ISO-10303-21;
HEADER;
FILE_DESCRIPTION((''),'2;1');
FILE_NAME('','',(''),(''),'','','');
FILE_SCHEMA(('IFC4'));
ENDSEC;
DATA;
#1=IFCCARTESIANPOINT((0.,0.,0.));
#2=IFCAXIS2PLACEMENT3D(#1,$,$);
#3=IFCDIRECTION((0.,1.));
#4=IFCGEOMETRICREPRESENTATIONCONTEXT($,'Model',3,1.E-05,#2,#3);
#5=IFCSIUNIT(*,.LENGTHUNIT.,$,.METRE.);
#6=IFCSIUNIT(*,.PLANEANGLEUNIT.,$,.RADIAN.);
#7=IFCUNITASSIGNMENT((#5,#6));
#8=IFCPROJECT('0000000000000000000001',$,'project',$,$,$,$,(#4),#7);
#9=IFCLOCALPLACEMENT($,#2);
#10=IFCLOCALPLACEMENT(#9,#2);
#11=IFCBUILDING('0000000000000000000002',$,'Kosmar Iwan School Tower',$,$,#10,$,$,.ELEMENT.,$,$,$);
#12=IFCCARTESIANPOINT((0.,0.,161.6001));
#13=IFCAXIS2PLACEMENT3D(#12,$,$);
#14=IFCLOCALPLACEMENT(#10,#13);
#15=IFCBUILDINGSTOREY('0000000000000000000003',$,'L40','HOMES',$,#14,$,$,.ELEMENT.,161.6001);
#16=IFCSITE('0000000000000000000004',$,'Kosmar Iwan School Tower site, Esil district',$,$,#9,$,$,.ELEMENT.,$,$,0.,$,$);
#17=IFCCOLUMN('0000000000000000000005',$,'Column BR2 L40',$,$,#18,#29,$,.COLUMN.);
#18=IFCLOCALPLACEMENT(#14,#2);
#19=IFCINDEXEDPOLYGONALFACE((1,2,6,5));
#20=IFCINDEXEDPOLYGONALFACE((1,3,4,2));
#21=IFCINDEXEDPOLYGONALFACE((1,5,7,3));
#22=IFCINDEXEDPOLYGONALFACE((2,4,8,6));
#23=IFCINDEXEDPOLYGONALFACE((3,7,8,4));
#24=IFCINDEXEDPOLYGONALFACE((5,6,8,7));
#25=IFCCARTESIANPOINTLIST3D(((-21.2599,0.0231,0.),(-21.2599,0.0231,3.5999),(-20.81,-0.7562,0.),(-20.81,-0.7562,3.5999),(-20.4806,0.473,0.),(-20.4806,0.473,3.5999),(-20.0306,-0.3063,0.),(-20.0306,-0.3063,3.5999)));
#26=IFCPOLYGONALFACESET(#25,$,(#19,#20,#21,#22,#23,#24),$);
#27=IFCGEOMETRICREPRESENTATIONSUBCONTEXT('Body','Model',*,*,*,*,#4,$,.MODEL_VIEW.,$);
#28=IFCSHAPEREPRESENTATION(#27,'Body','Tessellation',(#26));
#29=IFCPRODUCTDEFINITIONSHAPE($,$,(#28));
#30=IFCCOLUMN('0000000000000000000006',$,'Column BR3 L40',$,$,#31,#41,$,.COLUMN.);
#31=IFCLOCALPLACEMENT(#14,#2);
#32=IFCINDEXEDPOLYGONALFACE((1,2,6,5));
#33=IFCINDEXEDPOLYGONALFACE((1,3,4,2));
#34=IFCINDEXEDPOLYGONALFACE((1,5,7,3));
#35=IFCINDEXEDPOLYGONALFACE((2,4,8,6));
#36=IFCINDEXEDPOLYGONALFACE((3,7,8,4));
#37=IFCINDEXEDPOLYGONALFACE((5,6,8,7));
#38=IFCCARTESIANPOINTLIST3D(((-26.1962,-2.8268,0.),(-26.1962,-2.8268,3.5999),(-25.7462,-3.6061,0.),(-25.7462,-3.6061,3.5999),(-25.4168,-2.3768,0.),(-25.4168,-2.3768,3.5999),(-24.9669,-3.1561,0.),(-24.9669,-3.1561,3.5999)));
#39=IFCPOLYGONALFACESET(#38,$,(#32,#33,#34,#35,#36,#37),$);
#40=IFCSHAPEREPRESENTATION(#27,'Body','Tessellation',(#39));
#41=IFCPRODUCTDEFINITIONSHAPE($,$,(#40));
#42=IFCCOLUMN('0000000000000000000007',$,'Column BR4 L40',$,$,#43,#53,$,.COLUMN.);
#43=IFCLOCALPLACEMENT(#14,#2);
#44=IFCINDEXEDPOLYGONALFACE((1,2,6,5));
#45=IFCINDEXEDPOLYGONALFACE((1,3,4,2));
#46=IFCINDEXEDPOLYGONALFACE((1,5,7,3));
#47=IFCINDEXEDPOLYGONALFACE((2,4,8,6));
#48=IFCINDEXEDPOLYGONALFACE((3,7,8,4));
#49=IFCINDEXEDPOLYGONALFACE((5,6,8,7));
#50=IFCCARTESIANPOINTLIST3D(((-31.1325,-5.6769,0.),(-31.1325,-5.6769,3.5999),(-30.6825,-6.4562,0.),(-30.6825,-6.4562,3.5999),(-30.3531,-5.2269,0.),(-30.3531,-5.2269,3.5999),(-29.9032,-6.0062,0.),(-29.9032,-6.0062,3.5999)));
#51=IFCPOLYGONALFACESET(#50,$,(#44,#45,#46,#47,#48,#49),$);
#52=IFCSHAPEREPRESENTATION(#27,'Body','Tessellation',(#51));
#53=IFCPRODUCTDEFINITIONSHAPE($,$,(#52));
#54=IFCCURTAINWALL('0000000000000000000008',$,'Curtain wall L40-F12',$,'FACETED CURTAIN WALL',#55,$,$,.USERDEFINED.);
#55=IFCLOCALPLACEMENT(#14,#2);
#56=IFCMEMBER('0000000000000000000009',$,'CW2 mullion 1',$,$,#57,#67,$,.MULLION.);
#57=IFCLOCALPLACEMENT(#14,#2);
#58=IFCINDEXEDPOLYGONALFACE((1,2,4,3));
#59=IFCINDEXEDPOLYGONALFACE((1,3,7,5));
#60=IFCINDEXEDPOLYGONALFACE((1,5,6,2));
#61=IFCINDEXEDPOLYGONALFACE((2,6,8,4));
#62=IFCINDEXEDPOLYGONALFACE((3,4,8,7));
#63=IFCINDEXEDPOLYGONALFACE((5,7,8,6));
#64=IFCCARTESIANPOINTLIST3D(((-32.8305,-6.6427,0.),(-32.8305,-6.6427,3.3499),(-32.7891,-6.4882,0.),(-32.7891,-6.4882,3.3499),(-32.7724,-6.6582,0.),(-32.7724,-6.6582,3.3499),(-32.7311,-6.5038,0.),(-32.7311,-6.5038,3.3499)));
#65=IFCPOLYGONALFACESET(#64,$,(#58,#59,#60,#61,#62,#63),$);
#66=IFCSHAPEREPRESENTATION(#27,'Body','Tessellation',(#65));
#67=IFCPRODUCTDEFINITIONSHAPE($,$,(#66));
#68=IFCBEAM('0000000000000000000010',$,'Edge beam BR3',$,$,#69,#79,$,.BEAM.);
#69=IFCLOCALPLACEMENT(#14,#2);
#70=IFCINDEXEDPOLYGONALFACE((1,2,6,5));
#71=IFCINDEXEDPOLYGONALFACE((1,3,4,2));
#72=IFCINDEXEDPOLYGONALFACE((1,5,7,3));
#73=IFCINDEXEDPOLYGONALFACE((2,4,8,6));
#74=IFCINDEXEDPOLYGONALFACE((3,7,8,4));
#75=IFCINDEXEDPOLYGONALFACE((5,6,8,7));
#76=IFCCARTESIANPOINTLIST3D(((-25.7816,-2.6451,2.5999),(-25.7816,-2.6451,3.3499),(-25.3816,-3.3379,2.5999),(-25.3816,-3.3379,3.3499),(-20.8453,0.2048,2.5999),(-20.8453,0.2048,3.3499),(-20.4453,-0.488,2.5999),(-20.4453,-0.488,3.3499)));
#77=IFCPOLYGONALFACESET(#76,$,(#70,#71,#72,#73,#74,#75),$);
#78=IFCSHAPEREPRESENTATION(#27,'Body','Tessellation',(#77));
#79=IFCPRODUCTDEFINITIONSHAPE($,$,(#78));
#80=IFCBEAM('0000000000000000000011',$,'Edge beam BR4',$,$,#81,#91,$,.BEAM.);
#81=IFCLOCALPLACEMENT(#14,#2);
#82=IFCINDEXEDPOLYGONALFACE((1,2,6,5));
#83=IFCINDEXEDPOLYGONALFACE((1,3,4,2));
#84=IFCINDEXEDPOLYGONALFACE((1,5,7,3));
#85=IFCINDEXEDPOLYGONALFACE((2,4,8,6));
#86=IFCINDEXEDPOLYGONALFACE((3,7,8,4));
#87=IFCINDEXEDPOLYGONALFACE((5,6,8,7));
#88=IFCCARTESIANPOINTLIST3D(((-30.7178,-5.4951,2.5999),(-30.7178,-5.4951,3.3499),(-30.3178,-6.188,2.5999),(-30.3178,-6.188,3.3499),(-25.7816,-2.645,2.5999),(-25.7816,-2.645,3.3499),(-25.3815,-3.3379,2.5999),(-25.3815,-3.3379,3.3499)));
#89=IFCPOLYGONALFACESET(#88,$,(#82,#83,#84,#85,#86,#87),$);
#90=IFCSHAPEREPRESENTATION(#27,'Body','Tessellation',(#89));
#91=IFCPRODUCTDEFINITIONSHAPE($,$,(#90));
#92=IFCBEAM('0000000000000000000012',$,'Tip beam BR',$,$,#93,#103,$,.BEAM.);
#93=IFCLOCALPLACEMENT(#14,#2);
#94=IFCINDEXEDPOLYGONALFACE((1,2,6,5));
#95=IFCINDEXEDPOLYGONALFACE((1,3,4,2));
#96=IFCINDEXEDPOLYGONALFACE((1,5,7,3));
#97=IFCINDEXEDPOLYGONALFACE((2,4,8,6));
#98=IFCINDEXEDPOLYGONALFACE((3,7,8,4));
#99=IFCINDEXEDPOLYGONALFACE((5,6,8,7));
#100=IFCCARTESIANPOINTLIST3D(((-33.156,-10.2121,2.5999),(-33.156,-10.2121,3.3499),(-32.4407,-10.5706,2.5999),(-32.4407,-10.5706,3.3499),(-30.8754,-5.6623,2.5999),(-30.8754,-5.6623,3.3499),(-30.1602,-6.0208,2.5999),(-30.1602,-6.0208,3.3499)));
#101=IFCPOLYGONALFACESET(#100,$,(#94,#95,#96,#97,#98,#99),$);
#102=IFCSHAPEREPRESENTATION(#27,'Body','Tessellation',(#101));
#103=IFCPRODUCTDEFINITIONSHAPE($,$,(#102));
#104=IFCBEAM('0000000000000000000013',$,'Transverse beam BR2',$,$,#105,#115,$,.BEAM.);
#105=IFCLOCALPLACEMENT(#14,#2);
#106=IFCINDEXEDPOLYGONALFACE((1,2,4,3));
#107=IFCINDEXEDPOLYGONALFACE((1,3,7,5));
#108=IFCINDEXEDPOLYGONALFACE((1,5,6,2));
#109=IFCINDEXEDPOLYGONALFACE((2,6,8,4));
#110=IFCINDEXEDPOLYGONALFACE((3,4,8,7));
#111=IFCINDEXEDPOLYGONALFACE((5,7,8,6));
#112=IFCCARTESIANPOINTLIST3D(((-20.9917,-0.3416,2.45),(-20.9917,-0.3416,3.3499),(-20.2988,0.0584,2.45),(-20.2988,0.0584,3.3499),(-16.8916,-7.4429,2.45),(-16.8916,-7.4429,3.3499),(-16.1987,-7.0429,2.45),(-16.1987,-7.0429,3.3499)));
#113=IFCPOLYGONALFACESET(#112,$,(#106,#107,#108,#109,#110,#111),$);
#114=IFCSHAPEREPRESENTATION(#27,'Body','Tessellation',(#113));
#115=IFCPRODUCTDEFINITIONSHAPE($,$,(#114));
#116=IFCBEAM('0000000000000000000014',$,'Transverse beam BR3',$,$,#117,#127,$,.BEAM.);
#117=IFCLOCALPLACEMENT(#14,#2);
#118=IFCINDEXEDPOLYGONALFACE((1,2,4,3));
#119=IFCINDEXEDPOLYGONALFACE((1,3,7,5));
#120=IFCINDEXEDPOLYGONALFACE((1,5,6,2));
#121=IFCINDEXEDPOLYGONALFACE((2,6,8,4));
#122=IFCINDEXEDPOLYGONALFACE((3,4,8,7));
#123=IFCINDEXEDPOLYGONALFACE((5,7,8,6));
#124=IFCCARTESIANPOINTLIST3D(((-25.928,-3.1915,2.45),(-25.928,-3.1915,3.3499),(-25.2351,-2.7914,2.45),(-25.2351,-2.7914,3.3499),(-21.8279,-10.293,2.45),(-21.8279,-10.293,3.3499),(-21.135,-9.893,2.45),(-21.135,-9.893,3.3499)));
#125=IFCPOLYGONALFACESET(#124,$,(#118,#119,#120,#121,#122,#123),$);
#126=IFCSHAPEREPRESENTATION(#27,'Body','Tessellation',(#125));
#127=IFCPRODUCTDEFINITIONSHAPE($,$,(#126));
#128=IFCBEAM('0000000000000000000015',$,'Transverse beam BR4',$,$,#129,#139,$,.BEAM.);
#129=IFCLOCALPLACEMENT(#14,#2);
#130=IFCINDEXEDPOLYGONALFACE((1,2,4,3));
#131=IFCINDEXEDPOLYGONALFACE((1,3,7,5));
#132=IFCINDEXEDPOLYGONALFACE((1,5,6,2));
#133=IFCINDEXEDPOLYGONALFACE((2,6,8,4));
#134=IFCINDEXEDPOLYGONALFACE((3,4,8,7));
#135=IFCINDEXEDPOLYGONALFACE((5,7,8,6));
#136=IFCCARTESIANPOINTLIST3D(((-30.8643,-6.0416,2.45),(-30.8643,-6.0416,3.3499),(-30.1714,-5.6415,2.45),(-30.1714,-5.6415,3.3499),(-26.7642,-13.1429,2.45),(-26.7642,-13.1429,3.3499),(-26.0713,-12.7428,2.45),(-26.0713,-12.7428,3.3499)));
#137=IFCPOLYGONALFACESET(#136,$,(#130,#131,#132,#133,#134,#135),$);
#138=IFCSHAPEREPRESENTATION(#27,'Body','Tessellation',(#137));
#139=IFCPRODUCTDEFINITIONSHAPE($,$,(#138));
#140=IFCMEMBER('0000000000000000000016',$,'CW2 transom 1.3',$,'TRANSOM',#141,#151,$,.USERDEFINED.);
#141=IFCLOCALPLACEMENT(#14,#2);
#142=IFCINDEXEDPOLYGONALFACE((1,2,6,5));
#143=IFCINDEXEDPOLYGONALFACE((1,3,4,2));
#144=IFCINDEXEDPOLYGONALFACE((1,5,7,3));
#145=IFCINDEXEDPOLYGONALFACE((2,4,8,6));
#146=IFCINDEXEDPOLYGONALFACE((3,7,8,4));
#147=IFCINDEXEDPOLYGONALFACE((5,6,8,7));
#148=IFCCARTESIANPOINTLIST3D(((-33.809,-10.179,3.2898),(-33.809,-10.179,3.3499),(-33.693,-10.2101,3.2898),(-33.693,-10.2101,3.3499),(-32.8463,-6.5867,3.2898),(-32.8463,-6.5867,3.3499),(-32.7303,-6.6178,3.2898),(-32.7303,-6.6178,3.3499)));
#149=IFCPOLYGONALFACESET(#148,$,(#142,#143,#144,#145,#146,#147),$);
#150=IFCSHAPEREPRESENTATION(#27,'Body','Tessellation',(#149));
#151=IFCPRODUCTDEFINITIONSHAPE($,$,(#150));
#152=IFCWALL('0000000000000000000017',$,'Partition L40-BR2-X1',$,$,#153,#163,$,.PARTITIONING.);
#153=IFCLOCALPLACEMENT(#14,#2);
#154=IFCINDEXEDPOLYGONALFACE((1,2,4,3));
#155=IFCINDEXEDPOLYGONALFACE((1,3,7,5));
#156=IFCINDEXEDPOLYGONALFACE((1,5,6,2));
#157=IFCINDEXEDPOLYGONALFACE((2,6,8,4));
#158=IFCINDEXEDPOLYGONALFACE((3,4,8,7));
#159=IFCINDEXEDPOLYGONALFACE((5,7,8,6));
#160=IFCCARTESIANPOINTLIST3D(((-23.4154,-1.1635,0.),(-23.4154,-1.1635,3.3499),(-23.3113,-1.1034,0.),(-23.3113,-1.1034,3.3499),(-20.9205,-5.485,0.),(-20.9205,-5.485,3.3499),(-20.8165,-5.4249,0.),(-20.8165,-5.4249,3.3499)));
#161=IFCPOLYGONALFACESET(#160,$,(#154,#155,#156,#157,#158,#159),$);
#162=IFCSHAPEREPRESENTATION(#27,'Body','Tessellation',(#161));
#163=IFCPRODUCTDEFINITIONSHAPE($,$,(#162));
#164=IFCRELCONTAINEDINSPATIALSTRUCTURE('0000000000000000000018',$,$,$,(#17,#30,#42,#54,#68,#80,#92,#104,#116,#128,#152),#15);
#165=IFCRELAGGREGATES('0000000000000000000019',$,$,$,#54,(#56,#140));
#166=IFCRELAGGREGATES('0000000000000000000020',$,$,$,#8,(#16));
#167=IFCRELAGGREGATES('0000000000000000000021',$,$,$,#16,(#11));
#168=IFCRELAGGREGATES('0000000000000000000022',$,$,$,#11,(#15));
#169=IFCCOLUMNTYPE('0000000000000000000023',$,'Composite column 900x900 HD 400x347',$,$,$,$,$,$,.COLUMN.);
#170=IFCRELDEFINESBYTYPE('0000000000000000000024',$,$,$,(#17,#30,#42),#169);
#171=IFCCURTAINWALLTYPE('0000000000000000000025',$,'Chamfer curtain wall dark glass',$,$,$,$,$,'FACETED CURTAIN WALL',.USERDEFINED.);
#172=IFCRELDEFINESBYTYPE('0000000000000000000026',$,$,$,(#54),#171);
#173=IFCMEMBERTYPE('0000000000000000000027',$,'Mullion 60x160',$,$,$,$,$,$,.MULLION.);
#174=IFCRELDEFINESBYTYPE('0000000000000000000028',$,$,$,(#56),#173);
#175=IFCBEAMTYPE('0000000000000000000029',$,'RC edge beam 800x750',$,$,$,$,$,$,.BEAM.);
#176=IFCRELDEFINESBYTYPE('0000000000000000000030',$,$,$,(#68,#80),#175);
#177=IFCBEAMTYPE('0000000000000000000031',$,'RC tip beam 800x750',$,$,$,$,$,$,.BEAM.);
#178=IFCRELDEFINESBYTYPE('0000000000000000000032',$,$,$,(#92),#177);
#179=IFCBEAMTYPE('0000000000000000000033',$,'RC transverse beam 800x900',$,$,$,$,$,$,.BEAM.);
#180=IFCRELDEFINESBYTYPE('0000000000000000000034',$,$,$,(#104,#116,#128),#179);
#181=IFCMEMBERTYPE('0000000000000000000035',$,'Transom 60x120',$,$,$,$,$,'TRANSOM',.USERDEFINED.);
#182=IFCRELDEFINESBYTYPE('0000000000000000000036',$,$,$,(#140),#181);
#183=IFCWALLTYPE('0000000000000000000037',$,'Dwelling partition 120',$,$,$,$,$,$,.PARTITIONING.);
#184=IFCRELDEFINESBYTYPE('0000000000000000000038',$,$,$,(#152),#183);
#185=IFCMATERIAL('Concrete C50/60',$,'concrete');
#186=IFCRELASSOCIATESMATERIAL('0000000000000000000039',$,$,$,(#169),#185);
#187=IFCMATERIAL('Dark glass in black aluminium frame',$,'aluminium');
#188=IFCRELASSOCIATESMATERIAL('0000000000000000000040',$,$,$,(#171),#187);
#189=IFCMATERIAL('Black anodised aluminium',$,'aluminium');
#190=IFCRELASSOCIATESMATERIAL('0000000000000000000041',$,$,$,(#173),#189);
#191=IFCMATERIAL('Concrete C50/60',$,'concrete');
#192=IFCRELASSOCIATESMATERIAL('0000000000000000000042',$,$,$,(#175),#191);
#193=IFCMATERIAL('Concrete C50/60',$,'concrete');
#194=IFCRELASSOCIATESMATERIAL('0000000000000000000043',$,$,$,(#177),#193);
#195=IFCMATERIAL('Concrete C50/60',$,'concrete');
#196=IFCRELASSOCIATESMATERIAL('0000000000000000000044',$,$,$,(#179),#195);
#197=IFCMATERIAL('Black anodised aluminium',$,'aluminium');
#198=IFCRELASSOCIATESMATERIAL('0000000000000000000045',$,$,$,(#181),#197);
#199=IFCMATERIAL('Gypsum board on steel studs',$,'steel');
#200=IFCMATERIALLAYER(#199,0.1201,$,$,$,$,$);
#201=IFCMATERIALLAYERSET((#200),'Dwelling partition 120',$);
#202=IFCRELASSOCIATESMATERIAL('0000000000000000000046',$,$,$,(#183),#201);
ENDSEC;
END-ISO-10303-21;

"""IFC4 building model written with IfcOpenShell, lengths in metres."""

from ifc_helpers import new_model, si_unit, direction, frame, frame_2d, origin, origin_2d, place, context, subcontext, project, spatial, rectangle, extrude, material, layer, layer_set, material_profile, profile_set, type_object, element, aggregate, save


model = new_model("IFC4")

# Units and contexts
model_context = context("Model", 3, precision=1e-05, world=origin(), true_north=direction((0.0, 1.0)))
body_context = subcontext(model_context, "Body", "Model", "MODEL_VIEW")
ifc_project = project(units=[si_unit("LENGTHUNIT", "METRE"), si_unit("PLANEANGLEUNIT", "RADIAN")], contexts=[model_context])

# Site, building, storey
site_placement = place(None, origin())
site = spatial("IfcSite", under=ifc_project, at=site_placement, Name="Kosmar Iwan School Tower site, Esil district", CompositionType="ELEMENT", RefElevation=0.0)
building_placement = place(site_placement, origin())
building = spatial("IfcBuilding", under=site, at=building_placement, Name="Kosmar Iwan School Tower", CompositionType="ELEMENT")
storey_placement = place(building_placement, frame((0.0, 0.0, 161.6001)))
storey = spatial("IfcBuildingStorey", under=building, at=storey_placement, Name="L40", Description="HOMES", CompositionType="ELEMENT", Elevation=161.6001)

# Columns
ifc_material_1 = material(Name="Concrete C50/60", Category="concrete")
ifc_material_profile_1 = material_profile(ifc_material_1, rectangle(XDim=0.8999, YDim=0.8999, at=origin_2d()), Name="RC 900x900 + HD 400x347")
ifc_profile_set_1 = profile_set([ifc_material_profile_1], Name="Concrete C50/60")
column_type = type_object("IfcColumnType", Name="Composite column 900x900 HD 400x347", PredefinedType="COLUMN", material=ifc_profile_set_1)
for number, where, z_axis, x_axis, name in (
    (1, (-20.6453, -0.1416, 0.0), (0.0, 0.0, 1.0), (-0.866025, -0.5, 0.0), "Column BR2 L40"),
    (2, (-25.5815, -2.9915, 0.0), (0.0, 0.0, 1.0), (-0.866025, -0.5, 0.0), "Column BR3 L40"),
    (3, (-30.5178, -5.8416, 0.0), (0.0, 0.0, 1.0), (-0.866025, -0.5, 0.0), "Column BR4 L40"),
):
    element("IfcColumn", number, at=place(storey_placement, frame(where, z_axis=z_axis, x_axis=x_axis)), inside=storey, type_object=column_type, Name=name, PredefinedType="COLUMN", context=body_context, shape_type="SweptSolid", body=[
        extrude(rectangle(XDim=0.8999, YDim=0.8999, at=origin_2d()), origin(), (0.0, 0.0, 1.0), 3.5999),
    ])

# Curtain wall, member
ifc_material_2 = material(Name="Dark glass in black aluminium frame", Category="aluminium")
curtain_wall_type = type_object("IfcCurtainWallType", Name="Chamfer curtain wall dark glass", ElementType="FACETED CURTAIN WALL", PredefinedType="USERDEFINED", material=ifc_material_2)
curtain_wall_placement = place(storey_placement, origin())
curtain_wall = element("IfcCurtainWall", 4, at=curtain_wall_placement, inside=storey, type_object=curtain_wall_type, Name="Curtain wall L40-F12", ObjectType="FACETED CURTAIN WALL", PredefinedType="USERDEFINED")
ifc_material_3 = material(Name="Black anodised aluminium", Category="aluminium")
ifc_material_profile_2 = material_profile(ifc_material_3, rectangle(XDim=0.0601, YDim=0.1599, at=origin_2d()), Name="MULLION 60x160")
ifc_profile_set_2 = profile_set([ifc_material_profile_2], Name="Black anodised aluminium")
member_type_1 = type_object("IfcMemberType", Name="Mullion 60x160", PredefinedType="MULLION", material=ifc_profile_set_2)
member_1_placement = place(storey_placement, frame((-32.7808, -6.5732, 0.0), z_axis=(0.0, 0.0, 1.0), x_axis=(0.965926, -0.258819, 0.0)))
member_1 = element("IfcMember", 5, at=member_1_placement, type_object=member_type_1, Name="CW2 mullion 1", PredefinedType="MULLION", context=body_context, shape_type="SweptSolid", body=[
    extrude(rectangle(XDim=0.0601, YDim=0.1599, at=origin_2d()), origin(), (0.0, 0.0, 1.0), 3.3499),
])

# Beams
ifc_material_4 = material(Name="Concrete C50/60", Category="concrete")
ifc_material_profile_3 = material_profile(ifc_material_4, rectangle(XDim=0.8, YDim=0.75, at=origin_2d()), Name="RC 800x750")
ifc_profile_set_3 = profile_set([ifc_material_profile_3], Name="Concrete C50/60")
beam_type_1 = type_object("IfcBeamType", Name="RC edge beam 800x750", PredefinedType="BEAM", material=ifc_profile_set_3)
for number, where, z_axis, x_axis, name in (
    (6, (-20.6453, -0.1416, 2.9749), (-0.866034, -0.499986, 0.0), (0.499986, -0.866034, 0.0), "Edge beam BR3"),
    (7, (-25.5815, -2.9915, 2.9749), (-0.866015, -0.500018, 0.0), (0.500018, -0.866015, 0.0), "Edge beam BR4"),
):
    element("IfcBeam", number, at=place(storey_placement, frame(where, z_axis=z_axis, x_axis=x_axis)), inside=storey, type_object=beam_type_1, Name=name, PredefinedType="BEAM", context=body_context, shape_type="SweptSolid", body=[
        extrude(rectangle(XDim=0.8, YDim=0.75, at=origin_2d()), origin(), (0.0, 0.0, 1.0), 5.7),
    ])
ifc_material_5 = material(Name="Concrete C50/60", Category="concrete")
ifc_material_profile_4 = material_profile(ifc_material_5, rectangle(XDim=0.8, YDim=0.75, at=origin_2d()), Name="RC 800x750")
ifc_profile_set_4 = profile_set([ifc_material_profile_4], Name="Concrete C50/60")
beam_type_2 = type_object("IfcBeamType", Name="RC tip beam 800x750", PredefinedType="BEAM", material=ifc_profile_set_4)
beam_1_placement = place(storey_placement, frame((-30.5178, -5.8416, 2.9749), z_axis=(-0.448096, -0.893985, 0.0), x_axis=(0.893985, -0.448096, 0.0)))
element("IfcBeam", 8, at=beam_1_placement, inside=storey, type_object=beam_type_2, Name="Tip beam BR", PredefinedType="BEAM", context=body_context, shape_type="SweptSolid", body=[
    extrude(rectangle(XDim=0.8, YDim=0.75, at=origin_2d()), origin(), (0.0, 0.0, 1.0), 5.0894),
])
ifc_material_6 = material(Name="Concrete C50/60", Category="concrete")
ifc_material_profile_5 = material_profile(ifc_material_6, rectangle(XDim=0.8, YDim=0.8999, at=origin_2d()), Name="RC 800x900")
ifc_profile_set_5 = profile_set([ifc_material_profile_5], Name="Concrete C50/60")
beam_type_3 = type_object("IfcBeamType", Name="RC transverse beam 800x900", PredefinedType="BEAM", material=ifc_profile_set_5)
beam_2_placement = place(storey_placement, frame((-20.6453, -0.1416, 2.8999), z_axis=(0.500014, -0.866018, 0.0), x_axis=(0.866018, 0.500014, 0.0)))
element("IfcBeam", 9, at=beam_2_placement, inside=storey, type_object=beam_type_3, Name="Transverse beam BR2", PredefinedType="BEAM", context=body_context, shape_type="SweptSolid", body=[
    extrude(rectangle(XDim=0.8, YDim=0.8999, at=origin_2d()), origin(), (0.0, 0.0, 1.0), 8.2),
])
beam_3_placement = place(storey_placement, frame((-25.5815, -2.9915, 2.8999), z_axis=(0.500001, -0.866025, 0.0), x_axis=(0.866025, 0.500001, 0.0)))
element("IfcBeam", 10, at=beam_3_placement, inside=storey, type_object=beam_type_3, Name="Transverse beam BR3", PredefinedType="BEAM", context=body_context, shape_type="SweptSolid", body=[
    extrude(rectangle(XDim=0.8, YDim=0.8999, at=origin_2d()), origin(), (0.0, 0.0, 1.0), 8.2002),
])
beam_4_placement = place(storey_placement, frame((-30.5178, -5.8416, 2.8999), z_axis=(0.500014, -0.866018, 0.0), x_axis=(0.866018, 0.500014, 0.0)))
element("IfcBeam", 11, at=beam_4_placement, inside=storey, type_object=beam_type_3, Name="Transverse beam BR4", PredefinedType="BEAM", context=body_context, shape_type="SweptSolid", body=[
    extrude(rectangle(XDim=0.8, YDim=0.8999, at=origin_2d()), origin(), (0.0, 0.0, 1.0), 8.2),
])

# Member
ifc_material_7 = material(Name="Black anodised aluminium", Category="aluminium")
ifc_material_profile_6 = material_profile(ifc_material_7, rectangle(XDim=0.1201, YDim=0.0601, at=origin_2d()), Name="TRANSOM 60x120")
ifc_profile_set_6 = profile_set([ifc_material_profile_6], Name="Black anodised aluminium")
member_type_2 = type_object("IfcMemberType", Name="Transom 60x120", ElementType="TRANSOM", PredefinedType="USERDEFINED", material=ifc_profile_set_6)
member_2_placement = place(storey_placement, frame((-32.7883, -6.6023, 3.3198), z_axis=(-0.258843, -0.965919, 0.0), x_axis=(0.965919, -0.258843, 0.0)))
member_2 = element("IfcMember", 12, at=member_2_placement, type_object=member_type_2, Name="CW2 transom 1.3", ObjectType="TRANSOM", PredefinedType="USERDEFINED", context=body_context, shape_type="SweptSolid", body=[
    extrude(rectangle(XDim=0.1201, YDim=0.0601, at=origin_2d()), origin(), (0.0, 0.0, 1.0), 3.719),
])
aggregate(curtain_wall, [member_1, member_2])

# Wall
ifc_material_8 = material(Name="Gypsum board on steel studs", Category="steel")
ifc_layer = layer(ifc_material_8, 0.1201)
ifc_layer_set = layer_set([ifc_layer], Name="Dwelling partition 120")
wall_type = type_object("IfcWallType", Name="Dwelling partition 120", PredefinedType="PARTITIONING", material=ifc_layer_set)
wall_placement = place(storey_placement, frame((-20.8684, -5.4551, 0.0), z_axis=(0.0, 0.0, 1.0), x_axis=(-0.499975, 0.86604, 0.0)))
element("IfcWall", 13, at=wall_placement, inside=storey, type_object=wall_type, Name="Partition L40-BR2-X1", PredefinedType="PARTITIONING", context=body_context, shape_type="SweptSolid", body=[
    extrude(rectangle(XDim=4.99, YDim=0.1201, at=frame_2d((2.4951, 0.0))), origin(), (0.0, 0.0, 1.0), 3.3499),
])

save(model, "model.ifc")
